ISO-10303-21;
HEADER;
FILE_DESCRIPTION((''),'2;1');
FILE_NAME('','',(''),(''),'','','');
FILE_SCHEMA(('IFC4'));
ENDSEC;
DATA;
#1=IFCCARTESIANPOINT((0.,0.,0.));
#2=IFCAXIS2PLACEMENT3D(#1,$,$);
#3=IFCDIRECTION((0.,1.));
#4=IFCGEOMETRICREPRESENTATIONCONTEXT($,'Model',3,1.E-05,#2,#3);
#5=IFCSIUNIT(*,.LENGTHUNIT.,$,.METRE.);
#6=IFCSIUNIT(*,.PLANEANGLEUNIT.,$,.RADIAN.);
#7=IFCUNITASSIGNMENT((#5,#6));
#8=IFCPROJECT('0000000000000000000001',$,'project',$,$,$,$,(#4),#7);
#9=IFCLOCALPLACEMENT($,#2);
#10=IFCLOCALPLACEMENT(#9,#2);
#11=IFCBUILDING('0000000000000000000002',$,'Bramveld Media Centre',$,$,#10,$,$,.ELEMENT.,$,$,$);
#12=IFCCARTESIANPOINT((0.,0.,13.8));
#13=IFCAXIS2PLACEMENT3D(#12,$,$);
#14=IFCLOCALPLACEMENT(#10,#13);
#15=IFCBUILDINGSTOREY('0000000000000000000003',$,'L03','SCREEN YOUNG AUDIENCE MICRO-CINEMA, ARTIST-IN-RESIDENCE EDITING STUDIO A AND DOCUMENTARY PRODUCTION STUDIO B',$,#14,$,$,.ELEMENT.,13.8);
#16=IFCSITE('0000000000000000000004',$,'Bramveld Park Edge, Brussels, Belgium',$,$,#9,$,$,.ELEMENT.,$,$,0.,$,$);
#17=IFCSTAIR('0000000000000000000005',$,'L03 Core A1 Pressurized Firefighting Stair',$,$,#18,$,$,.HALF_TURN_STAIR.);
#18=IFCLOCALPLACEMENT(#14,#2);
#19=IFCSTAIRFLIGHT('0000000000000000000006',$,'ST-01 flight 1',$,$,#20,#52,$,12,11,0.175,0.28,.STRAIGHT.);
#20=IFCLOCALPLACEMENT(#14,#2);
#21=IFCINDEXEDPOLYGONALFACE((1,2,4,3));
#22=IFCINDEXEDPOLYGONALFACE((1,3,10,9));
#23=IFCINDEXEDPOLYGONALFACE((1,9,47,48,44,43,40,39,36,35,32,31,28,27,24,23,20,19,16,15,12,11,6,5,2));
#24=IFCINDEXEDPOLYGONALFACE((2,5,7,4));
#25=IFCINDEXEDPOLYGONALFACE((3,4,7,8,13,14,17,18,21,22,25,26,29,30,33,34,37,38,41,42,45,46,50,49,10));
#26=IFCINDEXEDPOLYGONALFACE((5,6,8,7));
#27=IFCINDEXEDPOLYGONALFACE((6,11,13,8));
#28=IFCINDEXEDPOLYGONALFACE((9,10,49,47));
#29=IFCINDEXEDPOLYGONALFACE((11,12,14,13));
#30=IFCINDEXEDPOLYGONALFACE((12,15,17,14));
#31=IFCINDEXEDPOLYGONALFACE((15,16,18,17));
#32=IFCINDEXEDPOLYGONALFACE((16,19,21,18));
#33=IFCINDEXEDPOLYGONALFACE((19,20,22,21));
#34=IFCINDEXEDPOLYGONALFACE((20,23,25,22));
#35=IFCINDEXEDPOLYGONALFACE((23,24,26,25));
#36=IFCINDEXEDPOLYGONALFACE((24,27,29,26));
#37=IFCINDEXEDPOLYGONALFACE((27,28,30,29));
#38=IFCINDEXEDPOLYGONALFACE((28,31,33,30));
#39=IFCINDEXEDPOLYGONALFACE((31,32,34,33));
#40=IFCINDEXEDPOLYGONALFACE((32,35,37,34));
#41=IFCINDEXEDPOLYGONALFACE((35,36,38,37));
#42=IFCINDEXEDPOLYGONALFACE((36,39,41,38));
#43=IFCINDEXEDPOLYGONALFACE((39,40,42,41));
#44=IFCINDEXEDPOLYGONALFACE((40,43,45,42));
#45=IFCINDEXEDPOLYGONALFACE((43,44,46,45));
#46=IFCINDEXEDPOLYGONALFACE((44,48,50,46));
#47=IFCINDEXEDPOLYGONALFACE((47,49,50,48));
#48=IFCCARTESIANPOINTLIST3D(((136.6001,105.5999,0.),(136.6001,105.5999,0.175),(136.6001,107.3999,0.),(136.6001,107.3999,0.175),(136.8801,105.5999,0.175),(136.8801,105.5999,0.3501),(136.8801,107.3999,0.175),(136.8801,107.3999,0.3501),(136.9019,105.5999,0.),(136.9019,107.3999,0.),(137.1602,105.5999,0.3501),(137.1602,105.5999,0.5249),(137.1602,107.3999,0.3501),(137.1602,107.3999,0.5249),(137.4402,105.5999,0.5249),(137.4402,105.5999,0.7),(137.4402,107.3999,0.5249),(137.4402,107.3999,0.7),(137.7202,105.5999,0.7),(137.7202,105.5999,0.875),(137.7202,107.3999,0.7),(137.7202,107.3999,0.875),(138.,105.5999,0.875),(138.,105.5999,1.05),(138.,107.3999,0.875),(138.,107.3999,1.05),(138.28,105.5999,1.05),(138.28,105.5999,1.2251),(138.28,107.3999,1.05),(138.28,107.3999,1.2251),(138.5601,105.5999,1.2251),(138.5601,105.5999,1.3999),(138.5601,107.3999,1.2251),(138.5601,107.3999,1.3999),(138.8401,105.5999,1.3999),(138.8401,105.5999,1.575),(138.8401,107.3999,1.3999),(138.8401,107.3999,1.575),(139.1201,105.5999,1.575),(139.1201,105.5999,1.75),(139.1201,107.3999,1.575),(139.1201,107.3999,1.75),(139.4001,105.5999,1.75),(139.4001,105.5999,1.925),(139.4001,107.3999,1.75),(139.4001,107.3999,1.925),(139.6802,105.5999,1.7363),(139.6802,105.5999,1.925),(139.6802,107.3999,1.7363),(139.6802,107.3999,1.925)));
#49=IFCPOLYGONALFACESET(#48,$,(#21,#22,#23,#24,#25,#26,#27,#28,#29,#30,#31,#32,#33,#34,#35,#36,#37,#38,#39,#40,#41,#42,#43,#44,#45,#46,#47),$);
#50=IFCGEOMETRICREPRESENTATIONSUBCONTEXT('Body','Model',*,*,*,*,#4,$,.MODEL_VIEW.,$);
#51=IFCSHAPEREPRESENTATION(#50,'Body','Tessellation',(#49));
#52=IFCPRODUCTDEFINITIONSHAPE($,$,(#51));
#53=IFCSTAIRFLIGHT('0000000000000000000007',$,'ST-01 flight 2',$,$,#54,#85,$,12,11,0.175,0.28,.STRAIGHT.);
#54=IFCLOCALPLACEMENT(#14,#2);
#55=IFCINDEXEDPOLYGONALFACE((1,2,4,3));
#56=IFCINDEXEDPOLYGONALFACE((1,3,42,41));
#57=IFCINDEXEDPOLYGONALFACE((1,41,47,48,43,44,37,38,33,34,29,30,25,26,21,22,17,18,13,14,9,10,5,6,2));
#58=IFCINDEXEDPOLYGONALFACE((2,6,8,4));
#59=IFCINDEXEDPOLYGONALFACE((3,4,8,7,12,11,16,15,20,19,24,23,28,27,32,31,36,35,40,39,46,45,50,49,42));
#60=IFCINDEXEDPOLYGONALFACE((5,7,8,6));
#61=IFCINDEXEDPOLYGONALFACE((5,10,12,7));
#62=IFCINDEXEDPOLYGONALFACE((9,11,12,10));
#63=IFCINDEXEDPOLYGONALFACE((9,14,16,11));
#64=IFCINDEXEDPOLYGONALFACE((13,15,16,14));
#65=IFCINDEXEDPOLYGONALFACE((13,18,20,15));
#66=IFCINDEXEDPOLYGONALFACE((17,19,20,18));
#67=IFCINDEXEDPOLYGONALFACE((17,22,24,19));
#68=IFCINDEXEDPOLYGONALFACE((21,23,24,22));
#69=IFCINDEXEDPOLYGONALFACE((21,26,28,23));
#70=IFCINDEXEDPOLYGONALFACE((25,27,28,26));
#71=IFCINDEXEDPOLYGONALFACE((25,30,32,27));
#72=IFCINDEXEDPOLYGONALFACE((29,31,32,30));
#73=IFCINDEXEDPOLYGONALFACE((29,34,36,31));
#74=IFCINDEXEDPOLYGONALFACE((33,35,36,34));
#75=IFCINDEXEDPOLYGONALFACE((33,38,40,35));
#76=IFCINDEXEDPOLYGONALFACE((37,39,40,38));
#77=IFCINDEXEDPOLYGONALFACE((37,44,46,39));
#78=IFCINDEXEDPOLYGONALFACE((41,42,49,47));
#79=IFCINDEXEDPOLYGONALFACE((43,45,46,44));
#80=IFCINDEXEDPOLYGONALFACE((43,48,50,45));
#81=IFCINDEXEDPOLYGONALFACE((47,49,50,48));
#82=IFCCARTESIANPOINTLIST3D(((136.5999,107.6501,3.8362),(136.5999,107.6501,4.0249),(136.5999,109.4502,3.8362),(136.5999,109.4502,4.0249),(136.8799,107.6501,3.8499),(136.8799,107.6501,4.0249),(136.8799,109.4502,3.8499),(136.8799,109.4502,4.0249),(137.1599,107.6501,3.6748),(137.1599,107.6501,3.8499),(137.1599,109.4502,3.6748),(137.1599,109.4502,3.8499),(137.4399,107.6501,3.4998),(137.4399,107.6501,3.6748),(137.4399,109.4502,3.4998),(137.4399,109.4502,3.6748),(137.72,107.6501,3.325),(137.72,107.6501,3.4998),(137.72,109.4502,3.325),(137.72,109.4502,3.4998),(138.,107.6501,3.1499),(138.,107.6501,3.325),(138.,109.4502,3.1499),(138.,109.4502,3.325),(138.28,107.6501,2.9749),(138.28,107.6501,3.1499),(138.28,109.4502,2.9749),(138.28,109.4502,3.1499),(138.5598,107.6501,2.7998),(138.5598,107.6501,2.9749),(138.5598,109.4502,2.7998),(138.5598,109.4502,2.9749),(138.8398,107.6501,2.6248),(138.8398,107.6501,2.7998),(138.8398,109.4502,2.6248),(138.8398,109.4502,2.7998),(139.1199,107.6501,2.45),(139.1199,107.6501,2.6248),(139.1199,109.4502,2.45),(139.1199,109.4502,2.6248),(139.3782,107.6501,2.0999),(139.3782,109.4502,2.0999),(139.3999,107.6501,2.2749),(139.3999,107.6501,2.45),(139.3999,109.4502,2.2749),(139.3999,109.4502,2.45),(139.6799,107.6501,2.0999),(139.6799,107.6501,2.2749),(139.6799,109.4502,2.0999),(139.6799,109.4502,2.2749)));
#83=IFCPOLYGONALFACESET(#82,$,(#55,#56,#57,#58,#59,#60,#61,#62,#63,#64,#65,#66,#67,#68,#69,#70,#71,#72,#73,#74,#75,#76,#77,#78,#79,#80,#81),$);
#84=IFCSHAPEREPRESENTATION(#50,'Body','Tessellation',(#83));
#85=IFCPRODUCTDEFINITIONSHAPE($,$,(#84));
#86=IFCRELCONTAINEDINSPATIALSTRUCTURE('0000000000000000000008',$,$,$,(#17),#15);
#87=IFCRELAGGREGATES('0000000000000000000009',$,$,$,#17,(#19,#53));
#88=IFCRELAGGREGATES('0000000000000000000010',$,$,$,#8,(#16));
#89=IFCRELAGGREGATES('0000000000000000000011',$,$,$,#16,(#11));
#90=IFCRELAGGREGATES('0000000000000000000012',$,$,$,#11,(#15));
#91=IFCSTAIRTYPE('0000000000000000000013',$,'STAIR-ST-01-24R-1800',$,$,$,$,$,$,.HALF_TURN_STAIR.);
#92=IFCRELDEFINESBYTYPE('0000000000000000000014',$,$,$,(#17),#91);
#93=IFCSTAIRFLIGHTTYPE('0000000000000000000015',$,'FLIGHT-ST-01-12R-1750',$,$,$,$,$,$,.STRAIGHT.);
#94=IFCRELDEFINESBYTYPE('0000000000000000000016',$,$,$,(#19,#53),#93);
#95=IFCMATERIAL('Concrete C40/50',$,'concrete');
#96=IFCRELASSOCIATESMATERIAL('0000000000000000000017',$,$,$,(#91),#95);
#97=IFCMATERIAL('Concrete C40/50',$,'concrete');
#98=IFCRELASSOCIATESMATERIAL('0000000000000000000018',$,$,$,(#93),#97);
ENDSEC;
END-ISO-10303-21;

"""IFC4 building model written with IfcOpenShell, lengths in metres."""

from ifc_helpers import new_model, si_unit, direction, frame, origin, place, context, subcontext, project, spatial, polyline, outline, extrude, material, type_object, element, aggregate, save


model = new_model("IFC4")

# Units and contexts
model_context = context("Model", 3, precision=1e-05, world=origin(), true_north=direction((0.0, 1.0)))
body_context = subcontext(model_context, "Body", "Model", "MODEL_VIEW")
ifc_project = project(units=[si_unit("LENGTHUNIT", "METRE"), si_unit("PLANEANGLEUNIT", "RADIAN")], contexts=[model_context])

# Site, building, storey
site_placement = place(None, origin())
site = spatial("IfcSite", under=ifc_project, at=site_placement, Name="Bramveld Park Edge, Brussels, Belgium", CompositionType="ELEMENT", RefElevation=0.0)
building_placement = place(site_placement, origin())
building = spatial("IfcBuilding", under=site, at=building_placement, Name="Bramveld Media Centre", CompositionType="ELEMENT")
storey_placement = place(building_placement, frame((0.0, 0.0, 13.8)))
storey = spatial("IfcBuildingStorey", under=building, at=storey_placement, Name="L03", Description="SCREEN YOUNG AUDIENCE MICRO-CINEMA, ARTIST-IN-RESIDENCE EDITING STUDIO A AND DOCUMENTARY PRODUCTION STUDIO B", CompositionType="ELEMENT", Elevation=13.8)

# Stair, stair flights
ifc_material_1 = material(Name="Concrete C40/50", Category="concrete")
stair_type = type_object("IfcStairType", Name="STAIR-ST-01-24R-1800", PredefinedType="HALF_TURN_STAIR", material=ifc_material_1)
stair_placement = place(storey_placement, origin())
stair = element("IfcStair", 1, at=stair_placement, inside=storey, type_object=stair_type, Name="L03 Core A1 Pressurized Firefighting Stair", PredefinedType="HALF_TURN_STAIR")
ifc_material_2 = material(Name="Concrete C40/50", Category="concrete")
stair_flight_type = type_object("IfcStairFlightType", Name="FLIGHT-ST-01-12R-1750", PredefinedType="STRAIGHT", material=ifc_material_2)
stair_flight_1_placement = place(storey_placement, frame((136.6001, 106.5, 0.0), z_axis=(0.0, 0.0, 1.0), x_axis=(1.0, 0.0, 0.0)))
stair_flight_1 = element("IfcStairFlight", 2, at=stair_flight_1_placement, type_object=stair_flight_type, Name="ST-01 flight 1", NumberOfRisers=12, NumberOfTreads=11, PredefinedType="STRAIGHT", RiserHeight=0.175, TreadLength=0.28, context=body_context, shape_type="SweptSolid", body=[
    extrude(outline(polyline([(0.0, 0.0), (0.0, 0.175), (0.28, 0.175), (0.28, 0.3501), (0.5601, 0.3501), (0.5601, 0.5249), (0.8401, 0.5249), (0.8401, 0.7), (1.1201, 0.7), (1.1201, 0.875), (1.3999, 0.875), (1.3999, 1.05), (1.6799, 1.05), (1.6799, 1.2251), (1.96, 1.2251), (1.96, 1.3999), (2.24, 1.3999), (2.24, 1.575), (2.52, 1.575), (2.52, 1.75), (2.8, 1.75), (2.8, 1.925), (3.0801, 1.925), (3.0801, 2.1001), (3.0801, 1.7363), (0.3018, 0.0), (0.0, 0.0)])), frame((0.0, 0.8999, 0.0), z_axis=(0.0, -1.0, 0.0), x_axis=(1.0, 0.0, 0.0)), (0.0, 0.0, 1.0), 1.8),
])
stair_flight_2_placement = place(storey_placement, frame((139.6799, 108.55, 2.0999), z_axis=(0.0, 0.0, 1.0), x_axis=(-1.0, 0.0, 0.0)))
stair_flight_2 = element("IfcStairFlight", 3, at=stair_flight_2_placement, type_object=stair_flight_type, Name="ST-01 flight 2", NumberOfRisers=12, NumberOfTreads=11, PredefinedType="STRAIGHT", RiserHeight=0.175, TreadLength=0.28, context=body_context, shape_type="SweptSolid", body=[
    extrude(outline(polyline([(0.0, 0.0), (0.0, 0.175), (0.28, 0.175), (0.28, 0.3501), (0.5601, 0.3501), (0.5601, 0.5249), (0.8401, 0.5249), (0.8401, 0.7), (1.1201, 0.7), (1.1201, 0.875), (1.3999, 0.875), (1.3999, 1.05), (1.6799, 1.05), (1.6799, 1.2251), (1.96, 1.2251), (1.96, 1.3999), (2.24, 1.3999), (2.24, 1.575), (2.52, 1.575), (2.52, 1.75), (2.8, 1.75), (2.8, 1.925), (3.0801, 1.925), (3.0801, 2.1001), (3.0801, 1.7363), (0.3018, 0.0), (0.0, 0.0)])), frame((0.0, 0.8999, 0.0), z_axis=(0.0, -1.0, 0.0), x_axis=(1.0, 0.0, 0.0)), (0.0, 0.0, 1.0), 1.8),
])
aggregate(stair, [stair_flight_1, stair_flight_2])

save(model, "model.ifc")
